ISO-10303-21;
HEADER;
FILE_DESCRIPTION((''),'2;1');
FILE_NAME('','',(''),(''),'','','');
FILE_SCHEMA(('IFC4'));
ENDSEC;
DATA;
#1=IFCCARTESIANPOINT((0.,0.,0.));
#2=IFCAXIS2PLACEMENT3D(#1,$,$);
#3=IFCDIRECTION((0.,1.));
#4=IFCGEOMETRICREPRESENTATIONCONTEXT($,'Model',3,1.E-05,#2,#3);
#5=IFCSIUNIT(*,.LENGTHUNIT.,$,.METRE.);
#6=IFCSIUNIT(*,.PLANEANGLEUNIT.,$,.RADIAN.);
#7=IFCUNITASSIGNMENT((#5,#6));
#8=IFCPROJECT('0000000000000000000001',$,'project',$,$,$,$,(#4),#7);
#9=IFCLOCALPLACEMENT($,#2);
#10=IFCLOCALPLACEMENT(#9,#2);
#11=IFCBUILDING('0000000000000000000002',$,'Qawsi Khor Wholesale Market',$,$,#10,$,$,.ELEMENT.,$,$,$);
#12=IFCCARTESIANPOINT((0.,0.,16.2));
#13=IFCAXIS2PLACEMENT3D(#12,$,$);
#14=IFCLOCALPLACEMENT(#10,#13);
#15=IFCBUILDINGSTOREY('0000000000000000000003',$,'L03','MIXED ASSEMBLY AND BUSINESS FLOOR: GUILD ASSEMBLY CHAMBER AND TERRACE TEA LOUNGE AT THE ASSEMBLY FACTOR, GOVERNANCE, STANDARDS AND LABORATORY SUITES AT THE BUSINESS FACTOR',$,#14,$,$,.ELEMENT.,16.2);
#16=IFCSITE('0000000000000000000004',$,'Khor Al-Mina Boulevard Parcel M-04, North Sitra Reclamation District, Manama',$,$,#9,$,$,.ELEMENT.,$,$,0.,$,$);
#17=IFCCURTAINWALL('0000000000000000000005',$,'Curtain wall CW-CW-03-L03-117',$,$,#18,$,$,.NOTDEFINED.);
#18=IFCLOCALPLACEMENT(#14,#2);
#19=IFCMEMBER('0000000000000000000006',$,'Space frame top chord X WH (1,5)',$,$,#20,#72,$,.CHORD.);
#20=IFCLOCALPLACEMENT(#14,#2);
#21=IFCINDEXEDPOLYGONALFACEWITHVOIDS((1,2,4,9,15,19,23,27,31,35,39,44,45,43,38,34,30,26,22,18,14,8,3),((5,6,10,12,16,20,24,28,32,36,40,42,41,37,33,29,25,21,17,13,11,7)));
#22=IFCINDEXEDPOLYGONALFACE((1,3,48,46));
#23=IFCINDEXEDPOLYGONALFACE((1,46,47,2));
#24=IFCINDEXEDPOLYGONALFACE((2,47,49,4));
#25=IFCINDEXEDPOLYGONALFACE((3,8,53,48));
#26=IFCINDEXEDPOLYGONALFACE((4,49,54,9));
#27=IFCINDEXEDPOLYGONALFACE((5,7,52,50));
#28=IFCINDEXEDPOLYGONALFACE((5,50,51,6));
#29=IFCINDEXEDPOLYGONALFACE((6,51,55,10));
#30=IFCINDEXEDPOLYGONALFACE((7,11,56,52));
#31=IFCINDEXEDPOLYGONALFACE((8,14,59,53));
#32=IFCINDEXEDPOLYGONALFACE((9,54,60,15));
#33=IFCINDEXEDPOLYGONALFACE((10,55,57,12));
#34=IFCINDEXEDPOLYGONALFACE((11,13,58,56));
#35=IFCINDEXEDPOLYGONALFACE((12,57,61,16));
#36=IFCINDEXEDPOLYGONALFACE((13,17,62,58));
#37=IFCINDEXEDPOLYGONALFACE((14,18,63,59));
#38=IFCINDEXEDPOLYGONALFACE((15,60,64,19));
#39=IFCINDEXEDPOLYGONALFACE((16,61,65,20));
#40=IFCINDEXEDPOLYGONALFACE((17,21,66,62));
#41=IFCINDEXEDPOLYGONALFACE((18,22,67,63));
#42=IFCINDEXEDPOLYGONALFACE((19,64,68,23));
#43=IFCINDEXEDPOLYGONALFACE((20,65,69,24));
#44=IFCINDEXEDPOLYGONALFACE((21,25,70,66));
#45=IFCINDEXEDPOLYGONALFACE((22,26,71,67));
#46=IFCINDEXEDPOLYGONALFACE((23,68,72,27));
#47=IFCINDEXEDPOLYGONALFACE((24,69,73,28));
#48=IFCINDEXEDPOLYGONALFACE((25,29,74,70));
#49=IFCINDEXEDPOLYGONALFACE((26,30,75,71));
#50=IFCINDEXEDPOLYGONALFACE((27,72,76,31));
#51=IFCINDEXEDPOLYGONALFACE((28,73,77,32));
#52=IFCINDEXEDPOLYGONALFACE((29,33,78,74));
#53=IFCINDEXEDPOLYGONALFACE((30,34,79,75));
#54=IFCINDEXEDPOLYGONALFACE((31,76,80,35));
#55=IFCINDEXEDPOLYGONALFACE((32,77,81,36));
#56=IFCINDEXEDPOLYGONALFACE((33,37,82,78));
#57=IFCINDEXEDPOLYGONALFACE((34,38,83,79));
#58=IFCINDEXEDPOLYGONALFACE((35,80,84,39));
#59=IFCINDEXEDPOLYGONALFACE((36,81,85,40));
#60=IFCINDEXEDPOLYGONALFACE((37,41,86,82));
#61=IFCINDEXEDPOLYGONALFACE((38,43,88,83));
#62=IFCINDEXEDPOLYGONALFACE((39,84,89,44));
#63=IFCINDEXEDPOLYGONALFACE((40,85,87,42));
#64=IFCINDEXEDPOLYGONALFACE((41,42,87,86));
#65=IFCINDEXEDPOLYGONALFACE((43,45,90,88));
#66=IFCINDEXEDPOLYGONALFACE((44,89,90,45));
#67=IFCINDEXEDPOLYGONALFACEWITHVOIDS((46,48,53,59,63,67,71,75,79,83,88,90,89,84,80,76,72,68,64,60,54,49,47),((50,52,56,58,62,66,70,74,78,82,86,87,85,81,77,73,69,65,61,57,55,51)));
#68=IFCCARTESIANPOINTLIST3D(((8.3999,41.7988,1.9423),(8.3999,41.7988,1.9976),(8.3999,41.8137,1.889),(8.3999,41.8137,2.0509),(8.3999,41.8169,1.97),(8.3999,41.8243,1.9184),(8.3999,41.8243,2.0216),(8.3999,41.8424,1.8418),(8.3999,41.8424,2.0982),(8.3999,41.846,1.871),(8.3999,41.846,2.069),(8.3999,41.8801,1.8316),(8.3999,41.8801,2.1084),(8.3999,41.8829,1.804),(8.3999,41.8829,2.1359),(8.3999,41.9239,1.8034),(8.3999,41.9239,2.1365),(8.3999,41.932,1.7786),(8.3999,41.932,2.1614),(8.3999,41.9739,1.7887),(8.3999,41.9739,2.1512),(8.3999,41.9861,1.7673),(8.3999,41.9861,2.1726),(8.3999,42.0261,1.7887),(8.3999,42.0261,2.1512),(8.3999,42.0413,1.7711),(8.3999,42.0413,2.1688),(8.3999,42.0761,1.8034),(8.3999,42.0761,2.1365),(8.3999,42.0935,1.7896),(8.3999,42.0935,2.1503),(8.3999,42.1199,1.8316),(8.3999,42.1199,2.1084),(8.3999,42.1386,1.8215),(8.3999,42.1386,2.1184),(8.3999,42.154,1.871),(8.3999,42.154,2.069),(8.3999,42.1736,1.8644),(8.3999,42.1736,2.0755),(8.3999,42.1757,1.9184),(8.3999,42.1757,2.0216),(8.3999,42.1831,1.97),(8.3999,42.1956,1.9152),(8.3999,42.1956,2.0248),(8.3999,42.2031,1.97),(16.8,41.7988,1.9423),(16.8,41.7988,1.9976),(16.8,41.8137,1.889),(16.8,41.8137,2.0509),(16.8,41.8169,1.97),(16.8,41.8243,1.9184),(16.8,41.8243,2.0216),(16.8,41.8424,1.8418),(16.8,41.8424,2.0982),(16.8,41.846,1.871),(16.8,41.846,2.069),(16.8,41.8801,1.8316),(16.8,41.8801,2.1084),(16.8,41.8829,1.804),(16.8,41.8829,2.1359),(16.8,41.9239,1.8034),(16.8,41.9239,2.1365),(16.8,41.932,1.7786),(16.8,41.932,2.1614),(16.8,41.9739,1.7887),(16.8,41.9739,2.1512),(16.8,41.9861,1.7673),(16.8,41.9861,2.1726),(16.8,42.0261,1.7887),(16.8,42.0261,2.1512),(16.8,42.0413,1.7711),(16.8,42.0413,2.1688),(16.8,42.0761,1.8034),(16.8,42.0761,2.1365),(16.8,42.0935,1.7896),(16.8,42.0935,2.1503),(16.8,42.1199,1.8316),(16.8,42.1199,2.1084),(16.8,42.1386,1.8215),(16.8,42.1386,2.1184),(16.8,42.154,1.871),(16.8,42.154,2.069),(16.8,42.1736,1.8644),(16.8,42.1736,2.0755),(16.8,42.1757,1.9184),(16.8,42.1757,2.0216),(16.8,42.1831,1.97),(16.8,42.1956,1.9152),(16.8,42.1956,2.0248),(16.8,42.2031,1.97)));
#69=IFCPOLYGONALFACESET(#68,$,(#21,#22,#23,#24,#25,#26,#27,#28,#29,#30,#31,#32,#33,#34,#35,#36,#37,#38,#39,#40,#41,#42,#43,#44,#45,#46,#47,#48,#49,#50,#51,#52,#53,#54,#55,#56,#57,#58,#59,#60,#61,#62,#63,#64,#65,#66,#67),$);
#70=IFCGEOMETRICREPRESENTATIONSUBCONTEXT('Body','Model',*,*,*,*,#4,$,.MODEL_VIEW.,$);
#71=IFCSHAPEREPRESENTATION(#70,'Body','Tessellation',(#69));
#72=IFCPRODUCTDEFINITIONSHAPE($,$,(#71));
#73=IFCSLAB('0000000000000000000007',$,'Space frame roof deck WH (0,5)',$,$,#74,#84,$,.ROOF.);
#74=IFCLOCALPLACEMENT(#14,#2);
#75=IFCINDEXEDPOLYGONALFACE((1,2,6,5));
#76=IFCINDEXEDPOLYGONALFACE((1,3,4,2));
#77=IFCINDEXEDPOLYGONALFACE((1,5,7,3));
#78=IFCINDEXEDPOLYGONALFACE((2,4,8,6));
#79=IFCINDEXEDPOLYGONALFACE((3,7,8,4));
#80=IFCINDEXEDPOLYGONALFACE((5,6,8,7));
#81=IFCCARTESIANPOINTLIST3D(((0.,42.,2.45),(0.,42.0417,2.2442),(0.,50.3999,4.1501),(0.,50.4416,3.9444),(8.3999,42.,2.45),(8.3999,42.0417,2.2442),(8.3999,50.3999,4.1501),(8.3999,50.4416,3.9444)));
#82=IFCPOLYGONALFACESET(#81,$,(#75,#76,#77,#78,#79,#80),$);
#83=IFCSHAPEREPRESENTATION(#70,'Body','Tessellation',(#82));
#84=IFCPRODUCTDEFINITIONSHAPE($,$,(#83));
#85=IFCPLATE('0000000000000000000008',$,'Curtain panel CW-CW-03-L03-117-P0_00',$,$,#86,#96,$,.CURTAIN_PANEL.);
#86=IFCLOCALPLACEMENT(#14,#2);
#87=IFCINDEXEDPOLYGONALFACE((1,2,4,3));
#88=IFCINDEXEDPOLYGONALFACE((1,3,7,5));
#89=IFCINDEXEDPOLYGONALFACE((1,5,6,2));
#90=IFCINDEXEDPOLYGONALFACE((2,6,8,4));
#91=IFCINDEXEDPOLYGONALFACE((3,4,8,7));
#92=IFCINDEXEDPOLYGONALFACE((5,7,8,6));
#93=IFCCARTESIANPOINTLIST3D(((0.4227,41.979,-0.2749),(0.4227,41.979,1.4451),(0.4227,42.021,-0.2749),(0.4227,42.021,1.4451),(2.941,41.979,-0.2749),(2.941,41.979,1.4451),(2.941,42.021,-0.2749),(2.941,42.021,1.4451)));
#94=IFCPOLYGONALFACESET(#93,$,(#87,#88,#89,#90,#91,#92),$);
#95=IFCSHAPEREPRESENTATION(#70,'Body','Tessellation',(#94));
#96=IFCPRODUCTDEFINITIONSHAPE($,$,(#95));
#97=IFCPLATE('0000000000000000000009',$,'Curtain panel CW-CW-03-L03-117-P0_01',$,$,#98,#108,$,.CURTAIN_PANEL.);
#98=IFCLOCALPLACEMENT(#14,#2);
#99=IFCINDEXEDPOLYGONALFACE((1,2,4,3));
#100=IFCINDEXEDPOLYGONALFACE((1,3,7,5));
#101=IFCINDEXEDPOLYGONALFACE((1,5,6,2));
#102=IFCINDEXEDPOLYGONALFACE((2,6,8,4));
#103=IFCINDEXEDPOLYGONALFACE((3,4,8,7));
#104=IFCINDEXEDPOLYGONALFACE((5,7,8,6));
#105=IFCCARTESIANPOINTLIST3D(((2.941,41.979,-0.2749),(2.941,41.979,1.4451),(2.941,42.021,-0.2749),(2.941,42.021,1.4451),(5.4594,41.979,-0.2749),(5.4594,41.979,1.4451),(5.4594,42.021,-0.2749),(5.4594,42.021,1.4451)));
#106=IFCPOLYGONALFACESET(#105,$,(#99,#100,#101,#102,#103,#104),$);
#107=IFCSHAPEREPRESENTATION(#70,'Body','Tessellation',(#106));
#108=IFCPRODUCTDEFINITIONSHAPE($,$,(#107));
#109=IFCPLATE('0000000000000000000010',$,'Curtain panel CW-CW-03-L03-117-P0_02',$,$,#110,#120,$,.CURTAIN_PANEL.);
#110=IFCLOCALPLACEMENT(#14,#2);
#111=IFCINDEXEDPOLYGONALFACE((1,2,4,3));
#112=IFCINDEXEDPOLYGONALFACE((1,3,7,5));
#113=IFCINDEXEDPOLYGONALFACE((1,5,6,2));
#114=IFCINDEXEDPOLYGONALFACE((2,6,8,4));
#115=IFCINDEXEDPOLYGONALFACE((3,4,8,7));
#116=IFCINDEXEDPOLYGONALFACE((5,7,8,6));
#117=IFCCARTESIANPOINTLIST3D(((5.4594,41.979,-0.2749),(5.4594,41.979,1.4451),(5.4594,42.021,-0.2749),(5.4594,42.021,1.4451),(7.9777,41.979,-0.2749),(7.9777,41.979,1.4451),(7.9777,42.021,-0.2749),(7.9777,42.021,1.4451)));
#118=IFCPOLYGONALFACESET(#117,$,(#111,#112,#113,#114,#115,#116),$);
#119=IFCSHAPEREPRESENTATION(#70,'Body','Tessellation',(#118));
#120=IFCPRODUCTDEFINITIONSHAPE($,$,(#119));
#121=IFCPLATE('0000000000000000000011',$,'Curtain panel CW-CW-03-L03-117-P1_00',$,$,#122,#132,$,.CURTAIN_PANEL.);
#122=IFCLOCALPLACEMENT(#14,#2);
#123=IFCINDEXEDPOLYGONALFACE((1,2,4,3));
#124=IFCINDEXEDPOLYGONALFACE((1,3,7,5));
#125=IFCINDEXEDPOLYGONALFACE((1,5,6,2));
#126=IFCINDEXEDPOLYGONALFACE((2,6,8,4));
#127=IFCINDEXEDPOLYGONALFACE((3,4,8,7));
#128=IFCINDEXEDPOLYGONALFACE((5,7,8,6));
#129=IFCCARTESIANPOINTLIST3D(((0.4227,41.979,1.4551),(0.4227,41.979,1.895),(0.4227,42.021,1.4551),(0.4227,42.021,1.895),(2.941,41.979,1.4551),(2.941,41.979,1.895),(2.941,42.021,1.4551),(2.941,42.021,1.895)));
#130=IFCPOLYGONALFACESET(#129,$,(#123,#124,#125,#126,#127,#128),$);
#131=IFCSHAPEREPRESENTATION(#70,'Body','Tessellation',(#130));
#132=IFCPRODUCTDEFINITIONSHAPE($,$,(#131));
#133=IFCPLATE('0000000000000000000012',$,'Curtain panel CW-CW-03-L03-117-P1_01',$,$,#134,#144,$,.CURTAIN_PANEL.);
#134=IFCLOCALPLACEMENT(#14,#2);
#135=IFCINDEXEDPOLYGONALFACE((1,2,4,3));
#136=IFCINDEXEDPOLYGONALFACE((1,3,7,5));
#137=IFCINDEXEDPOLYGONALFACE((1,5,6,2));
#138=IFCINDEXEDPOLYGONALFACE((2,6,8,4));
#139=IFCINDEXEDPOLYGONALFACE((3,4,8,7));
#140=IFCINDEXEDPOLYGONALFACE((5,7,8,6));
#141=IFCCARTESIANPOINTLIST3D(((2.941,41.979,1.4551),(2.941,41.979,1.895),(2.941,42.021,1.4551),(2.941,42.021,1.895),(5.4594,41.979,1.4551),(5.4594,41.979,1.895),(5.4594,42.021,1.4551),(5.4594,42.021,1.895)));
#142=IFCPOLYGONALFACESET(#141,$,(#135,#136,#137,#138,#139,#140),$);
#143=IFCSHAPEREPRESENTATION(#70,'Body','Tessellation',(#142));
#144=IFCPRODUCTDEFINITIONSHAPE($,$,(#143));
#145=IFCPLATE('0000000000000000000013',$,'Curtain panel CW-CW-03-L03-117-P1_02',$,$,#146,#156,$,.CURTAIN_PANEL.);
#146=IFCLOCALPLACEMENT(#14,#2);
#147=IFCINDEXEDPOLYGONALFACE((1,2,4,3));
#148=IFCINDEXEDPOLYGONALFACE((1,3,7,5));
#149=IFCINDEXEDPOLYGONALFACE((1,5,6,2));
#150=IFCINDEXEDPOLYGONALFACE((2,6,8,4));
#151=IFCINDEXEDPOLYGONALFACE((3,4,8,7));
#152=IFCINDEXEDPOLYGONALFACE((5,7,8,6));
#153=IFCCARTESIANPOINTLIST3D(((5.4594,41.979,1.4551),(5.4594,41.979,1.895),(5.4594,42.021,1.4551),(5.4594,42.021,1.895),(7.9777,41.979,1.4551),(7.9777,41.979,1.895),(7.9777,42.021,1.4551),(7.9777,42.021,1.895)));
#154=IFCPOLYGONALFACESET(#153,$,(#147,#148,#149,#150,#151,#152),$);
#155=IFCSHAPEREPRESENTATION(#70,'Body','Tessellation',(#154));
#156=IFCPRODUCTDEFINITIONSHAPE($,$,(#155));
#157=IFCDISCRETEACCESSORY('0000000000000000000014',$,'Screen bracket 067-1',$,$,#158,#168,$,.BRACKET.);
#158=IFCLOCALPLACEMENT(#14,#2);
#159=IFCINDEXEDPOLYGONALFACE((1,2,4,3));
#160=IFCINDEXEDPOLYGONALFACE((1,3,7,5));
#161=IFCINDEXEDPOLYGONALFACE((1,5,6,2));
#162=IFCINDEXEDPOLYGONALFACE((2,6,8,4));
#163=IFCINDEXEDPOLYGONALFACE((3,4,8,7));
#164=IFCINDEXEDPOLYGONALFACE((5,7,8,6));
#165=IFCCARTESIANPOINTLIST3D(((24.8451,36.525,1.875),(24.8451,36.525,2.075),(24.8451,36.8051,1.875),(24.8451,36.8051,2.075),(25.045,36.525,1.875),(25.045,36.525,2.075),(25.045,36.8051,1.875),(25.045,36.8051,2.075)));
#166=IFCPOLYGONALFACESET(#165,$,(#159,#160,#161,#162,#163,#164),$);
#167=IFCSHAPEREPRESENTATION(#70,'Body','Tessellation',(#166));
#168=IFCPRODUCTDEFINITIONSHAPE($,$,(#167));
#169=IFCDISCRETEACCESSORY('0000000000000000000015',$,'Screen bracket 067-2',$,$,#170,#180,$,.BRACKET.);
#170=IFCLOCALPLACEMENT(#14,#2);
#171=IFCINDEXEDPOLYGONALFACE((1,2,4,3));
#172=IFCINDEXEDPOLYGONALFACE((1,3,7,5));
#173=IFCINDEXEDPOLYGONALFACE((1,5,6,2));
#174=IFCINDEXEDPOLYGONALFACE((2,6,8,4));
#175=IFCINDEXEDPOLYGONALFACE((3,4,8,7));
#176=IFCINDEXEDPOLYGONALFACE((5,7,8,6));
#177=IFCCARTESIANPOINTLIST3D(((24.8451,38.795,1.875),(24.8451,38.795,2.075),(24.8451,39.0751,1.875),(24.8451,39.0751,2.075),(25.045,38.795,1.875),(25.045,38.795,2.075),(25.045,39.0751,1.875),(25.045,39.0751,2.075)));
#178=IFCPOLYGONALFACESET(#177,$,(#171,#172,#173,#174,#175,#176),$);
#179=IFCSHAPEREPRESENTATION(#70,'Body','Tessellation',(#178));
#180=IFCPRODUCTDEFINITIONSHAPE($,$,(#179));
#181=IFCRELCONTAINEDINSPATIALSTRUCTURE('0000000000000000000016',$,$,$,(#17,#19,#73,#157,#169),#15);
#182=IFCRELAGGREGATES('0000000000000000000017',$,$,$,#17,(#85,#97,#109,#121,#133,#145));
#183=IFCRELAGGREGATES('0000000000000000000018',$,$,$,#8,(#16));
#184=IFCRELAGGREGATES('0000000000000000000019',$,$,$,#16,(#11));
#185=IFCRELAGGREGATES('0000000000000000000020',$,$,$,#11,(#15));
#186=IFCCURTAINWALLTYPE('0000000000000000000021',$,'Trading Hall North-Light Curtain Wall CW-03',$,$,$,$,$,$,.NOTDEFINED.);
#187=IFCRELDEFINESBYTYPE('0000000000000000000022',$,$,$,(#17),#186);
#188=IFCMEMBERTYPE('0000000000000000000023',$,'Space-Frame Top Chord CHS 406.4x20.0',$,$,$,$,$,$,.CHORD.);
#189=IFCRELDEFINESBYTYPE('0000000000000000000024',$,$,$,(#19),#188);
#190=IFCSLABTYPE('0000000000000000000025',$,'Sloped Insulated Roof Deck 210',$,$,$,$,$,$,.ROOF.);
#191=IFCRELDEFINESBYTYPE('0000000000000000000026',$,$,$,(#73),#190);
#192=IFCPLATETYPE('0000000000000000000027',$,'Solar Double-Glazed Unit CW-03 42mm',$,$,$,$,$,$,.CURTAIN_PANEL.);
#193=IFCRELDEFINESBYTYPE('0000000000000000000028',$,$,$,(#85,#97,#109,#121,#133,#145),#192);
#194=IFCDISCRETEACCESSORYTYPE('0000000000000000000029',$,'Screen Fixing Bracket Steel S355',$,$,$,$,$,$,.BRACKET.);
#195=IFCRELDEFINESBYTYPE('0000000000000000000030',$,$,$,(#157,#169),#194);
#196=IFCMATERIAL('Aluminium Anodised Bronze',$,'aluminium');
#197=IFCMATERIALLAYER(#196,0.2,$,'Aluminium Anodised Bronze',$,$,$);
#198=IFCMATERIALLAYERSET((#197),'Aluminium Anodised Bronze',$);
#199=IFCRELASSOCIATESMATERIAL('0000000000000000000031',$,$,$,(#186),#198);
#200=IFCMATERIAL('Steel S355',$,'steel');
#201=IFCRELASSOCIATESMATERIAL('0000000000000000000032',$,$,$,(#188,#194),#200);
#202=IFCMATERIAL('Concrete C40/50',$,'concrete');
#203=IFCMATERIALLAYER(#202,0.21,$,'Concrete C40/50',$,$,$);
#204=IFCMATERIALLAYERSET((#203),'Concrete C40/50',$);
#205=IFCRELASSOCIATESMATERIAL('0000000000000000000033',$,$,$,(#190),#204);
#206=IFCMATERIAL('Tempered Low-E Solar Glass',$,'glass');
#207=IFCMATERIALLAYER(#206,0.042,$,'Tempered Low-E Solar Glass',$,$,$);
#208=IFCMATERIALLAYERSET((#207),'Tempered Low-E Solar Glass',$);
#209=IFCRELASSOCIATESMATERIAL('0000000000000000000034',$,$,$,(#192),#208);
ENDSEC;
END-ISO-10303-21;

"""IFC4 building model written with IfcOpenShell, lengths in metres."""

from ifc_helpers import new_model, si_unit, direction, frame, frame_2d, origin, origin_2d, place, context, subcontext, project, spatial, polyline, rectangle, hollow_circle, outline, extrude, material, layer, layer_set, material_profile, profile_set, type_object, element, aggregate, save


model = new_model("IFC4")

# Units and contexts
model_context = context("Model", 3, precision=1e-05, world=origin(), true_north=direction((0.0, 1.0)))
body_context = subcontext(model_context, "Body", "Model", "MODEL_VIEW")
ifc_project = project(units=[si_unit("LENGTHUNIT", "METRE"), si_unit("PLANEANGLEUNIT", "RADIAN")], contexts=[model_context])

# Site, building, storey
site_placement = place(None, origin())
site = spatial("IfcSite", under=ifc_project, at=site_placement, Name="Khor Al-Mina Boulevard Parcel M-04, North Sitra Reclamation District, Manama", CompositionType="ELEMENT", RefElevation=0.0)
building_placement = place(site_placement, origin())
building = spatial("IfcBuilding", under=site, at=building_placement, Name="Qawsi Khor Wholesale Market", CompositionType="ELEMENT")
storey_placement = place(building_placement, frame((0.0, 0.0, 16.2)))
storey = spatial("IfcBuildingStorey", under=building, at=storey_placement, Name="L03", Description="MIXED ASSEMBLY AND BUSINESS FLOOR: GUILD ASSEMBLY CHAMBER AND TERRACE TEA LOUNGE AT THE ASSEMBLY FACTOR, GOVERNANCE, STANDARDS AND LABORATORY SUITES AT THE BUSINESS FACTOR", CompositionType="ELEMENT", Elevation=16.2)

# Curtain wall
ifc_material_1 = material(Name="Aluminium Anodised Bronze", Category="aluminium")
ifc_layer_1 = layer(ifc_material_1, 0.2, Name="Aluminium Anodised Bronze")
ifc_layer_set_1 = layer_set([ifc_layer_1], Name="Aluminium Anodised Bronze")
curtain_wall_type = type_object("IfcCurtainWallType", Name="Trading Hall North-Light Curtain Wall CW-03", PredefinedType="NOTDEFINED", material=ifc_layer_set_1)
curtain_wall_placement = place(storey_placement, origin())
curtain_wall = element("IfcCurtainWall", 1, at=curtain_wall_placement, inside=storey, type_object=curtain_wall_type, Name="Curtain wall CW-CW-03-L03-117", PredefinedType="NOTDEFINED")

# Member
ifc_material_2 = material(Name="Steel S355", Category="steel")
ifc_material_profile_1 = material_profile(ifc_material_2, hollow_circle(Radius=0.2031, WallThickness=0.02, at=origin_2d()), Name="CHS 406.4x20.0")
ifc_profile_set_1 = profile_set([ifc_material_profile_1], Name="Steel S355")
member_type_1 = type_object("IfcMemberType", Name="Space-Frame Top Chord CHS 406.4x20.0", PredefinedType="CHORD", material=ifc_profile_set_1)
member_1_placement = place(storey_placement, frame((8.3999, 42.0, 1.97), z_axis=(1.0, 0.0, 0.0), x_axis=(0.0, 1.0, 0.0)))
element("IfcMember", 2, at=member_1_placement, inside=storey, type_object=member_type_1, Name="Space frame top chord X WH (1,5)", PredefinedType="CHORD", context=body_context, shape_type="SweptSolid", body=[
    extrude(hollow_circle(Radius=0.2031, WallThickness=0.02, at=origin_2d()), origin(), (0.0, 0.0, 1.0), 8.4001),
])

# Slab
ifc_material_3 = material(Name="Concrete C40/50", Category="concrete")
ifc_layer_2 = layer(ifc_material_3, 0.21, Name="Concrete C40/50")
ifc_layer_set_2 = layer_set([ifc_layer_2], Name="Concrete C40/50")
slab_type = type_object("IfcSlabType", Name="Sloped Insulated Roof Deck 210", PredefinedType="ROOF", material=ifc_layer_set_2)
slab_placement = place(storey_placement, frame((0.0, 42.0, 2.45), z_axis=(0.0, -0.198384, 0.980124), x_axis=(1.0, 0.0, 0.0)))
element("IfcSlab", 3, at=slab_placement, inside=storey, type_object=slab_type, Name="Space frame roof deck WH (0,5)", PredefinedType="ROOF", context=body_context, shape_type="SweptSolid", body=[
    extrude(outline(polyline([(0.0, 0.0), (8.3999, 0.0), (8.3999, 8.5702), (0.0, 8.5702), (0.0, 0.0)])), origin(), (0.0, 0.0, -1.0), 0.21),
])

# Plates
ifc_material_4 = material(Name="Tempered Low-E Solar Glass", Category="glass")
ifc_layer_3 = layer(ifc_material_4, 0.042, Name="Tempered Low-E Solar Glass")
ifc_layer_set_3 = layer_set([ifc_layer_3], Name="Tempered Low-E Solar Glass")
plate_type = type_object("IfcPlateType", Name="Solar Double-Glazed Unit CW-03 42mm", PredefinedType="CURTAIN_PANEL", material=ifc_layer_set_3)
plate_1_placement = place(storey_placement, frame((0.4226, 42.0, -0.2749), z_axis=(0.0, 0.0, 1.0), x_axis=(1.0, 0.0, 0.0)))
plate_1 = element("IfcPlate", 4, at=plate_1_placement, type_object=plate_type, Name="Curtain panel CW-CW-03-L03-117-P0_00", PredefinedType="CURTAIN_PANEL", context=body_context, shape_type="SweptSolid", body=[
    extrude(rectangle(XDim=2.5183, YDim=0.042, at=frame_2d((1.2593, 0.0))), origin(), (0.0, 0.0, 1.0), 1.72),
])
plate_2_placement = place(storey_placement, frame((2.9409, 42.0, -0.2749), z_axis=(0.0, 0.0, 1.0), x_axis=(1.0, 0.0, 0.0)))
plate_2 = element("IfcPlate", 5, at=plate_2_placement, type_object=plate_type, Name="Curtain panel CW-CW-03-L03-117-P0_01", PredefinedType="CURTAIN_PANEL", context=body_context, shape_type="SweptSolid", body=[
    extrude(rectangle(XDim=2.5183, YDim=0.042, at=frame_2d((1.2593, 0.0))), origin(), (0.0, 0.0, 1.0), 1.72),
])
plate_3_placement = place(storey_placement, frame((5.4592, 42.0, -0.2749), z_axis=(0.0, 0.0, 1.0), x_axis=(1.0, 0.0, 0.0)))
plate_3 = element("IfcPlate", 6, at=plate_3_placement, type_object=plate_type, Name="Curtain panel CW-CW-03-L03-117-P0_02", PredefinedType="CURTAIN_PANEL", context=body_context, shape_type="SweptSolid", body=[
    extrude(rectangle(XDim=2.5183, YDim=0.042, at=frame_2d((1.2593, 0.0))), origin(), (0.0, 0.0, 1.0), 1.72),
])
plate_4_placement = place(storey_placement, frame((0.4226, 42.0, 1.4551), z_axis=(0.0, 0.0, 1.0), x_axis=(1.0, 0.0, 0.0)))
plate_4 = element("IfcPlate", 7, at=plate_4_placement, type_object=plate_type, Name="Curtain panel CW-CW-03-L03-117-P1_00", PredefinedType="CURTAIN_PANEL", context=body_context, shape_type="SweptSolid", body=[
    extrude(rectangle(XDim=2.5183, YDim=0.042, at=frame_2d((1.2593, 0.0))), origin(), (0.0, 0.0, 1.0), 0.4399),
])
plate_5_placement = place(storey_placement, frame((2.9409, 42.0, 1.4551), z_axis=(0.0, 0.0, 1.0), x_axis=(1.0, 0.0, 0.0)))
plate_5 = element("IfcPlate", 8, at=plate_5_placement, type_object=plate_type, Name="Curtain panel CW-CW-03-L03-117-P1_01", PredefinedType="CURTAIN_PANEL", context=body_context, shape_type="SweptSolid", body=[
    extrude(rectangle(XDim=2.5183, YDim=0.042, at=frame_2d((1.2593, 0.0))), origin(), (0.0, 0.0, 1.0), 0.4399),
])
plate_6_placement = place(storey_placement, frame((5.4592, 42.0, 1.4551), z_axis=(0.0, 0.0, 1.0), x_axis=(1.0, 0.0, 0.0)))
plate_6 = element("IfcPlate", 9, at=plate_6_placement, type_object=plate_type, Name="Curtain panel CW-CW-03-L03-117-P1_02", PredefinedType="CURTAIN_PANEL", context=body_context, shape_type="SweptSolid", body=[
    extrude(rectangle(XDim=2.5183, YDim=0.042, at=frame_2d((1.2593, 0.0))), origin(), (0.0, 0.0, 1.0), 0.4399),
])
aggregate(curtain_wall, [plate_1, plate_2, plate_3, plate_4, plate_5, plate_6])

# Discrete accessories
discrete_accessory_type = type_object("IfcDiscreteAccessoryType", Name="Screen Fixing Bracket Steel S355", PredefinedType="BRACKET", material=ifc_material_2)
for number, where, z_axis, x_axis, name in (
    (10, (24.9451, 36.665, 1.875), (0.0, 0.0, 1.0), (1.0, 0.0, 0.0), "Screen bracket 067-1"),
    (11, (24.9451, 38.9351, 1.875), (0.0, 0.0, 1.0), (1.0, 0.0, 0.0), "Screen bracket 067-2"),
):
    element("IfcDiscreteAccessory", number, at=place(storey_placement, frame(where, z_axis=z_axis, x_axis=x_axis)), inside=storey, type_object=discrete_accessory_type, Name=name, PredefinedType="BRACKET", context=body_context, shape_type="SweptSolid", body=[
        extrude(rectangle(XDim=0.2, YDim=0.28, at=origin_2d()), origin(), (0.0, 0.0, 1.0), 0.2),
    ])

save(model, "model.ifc")
